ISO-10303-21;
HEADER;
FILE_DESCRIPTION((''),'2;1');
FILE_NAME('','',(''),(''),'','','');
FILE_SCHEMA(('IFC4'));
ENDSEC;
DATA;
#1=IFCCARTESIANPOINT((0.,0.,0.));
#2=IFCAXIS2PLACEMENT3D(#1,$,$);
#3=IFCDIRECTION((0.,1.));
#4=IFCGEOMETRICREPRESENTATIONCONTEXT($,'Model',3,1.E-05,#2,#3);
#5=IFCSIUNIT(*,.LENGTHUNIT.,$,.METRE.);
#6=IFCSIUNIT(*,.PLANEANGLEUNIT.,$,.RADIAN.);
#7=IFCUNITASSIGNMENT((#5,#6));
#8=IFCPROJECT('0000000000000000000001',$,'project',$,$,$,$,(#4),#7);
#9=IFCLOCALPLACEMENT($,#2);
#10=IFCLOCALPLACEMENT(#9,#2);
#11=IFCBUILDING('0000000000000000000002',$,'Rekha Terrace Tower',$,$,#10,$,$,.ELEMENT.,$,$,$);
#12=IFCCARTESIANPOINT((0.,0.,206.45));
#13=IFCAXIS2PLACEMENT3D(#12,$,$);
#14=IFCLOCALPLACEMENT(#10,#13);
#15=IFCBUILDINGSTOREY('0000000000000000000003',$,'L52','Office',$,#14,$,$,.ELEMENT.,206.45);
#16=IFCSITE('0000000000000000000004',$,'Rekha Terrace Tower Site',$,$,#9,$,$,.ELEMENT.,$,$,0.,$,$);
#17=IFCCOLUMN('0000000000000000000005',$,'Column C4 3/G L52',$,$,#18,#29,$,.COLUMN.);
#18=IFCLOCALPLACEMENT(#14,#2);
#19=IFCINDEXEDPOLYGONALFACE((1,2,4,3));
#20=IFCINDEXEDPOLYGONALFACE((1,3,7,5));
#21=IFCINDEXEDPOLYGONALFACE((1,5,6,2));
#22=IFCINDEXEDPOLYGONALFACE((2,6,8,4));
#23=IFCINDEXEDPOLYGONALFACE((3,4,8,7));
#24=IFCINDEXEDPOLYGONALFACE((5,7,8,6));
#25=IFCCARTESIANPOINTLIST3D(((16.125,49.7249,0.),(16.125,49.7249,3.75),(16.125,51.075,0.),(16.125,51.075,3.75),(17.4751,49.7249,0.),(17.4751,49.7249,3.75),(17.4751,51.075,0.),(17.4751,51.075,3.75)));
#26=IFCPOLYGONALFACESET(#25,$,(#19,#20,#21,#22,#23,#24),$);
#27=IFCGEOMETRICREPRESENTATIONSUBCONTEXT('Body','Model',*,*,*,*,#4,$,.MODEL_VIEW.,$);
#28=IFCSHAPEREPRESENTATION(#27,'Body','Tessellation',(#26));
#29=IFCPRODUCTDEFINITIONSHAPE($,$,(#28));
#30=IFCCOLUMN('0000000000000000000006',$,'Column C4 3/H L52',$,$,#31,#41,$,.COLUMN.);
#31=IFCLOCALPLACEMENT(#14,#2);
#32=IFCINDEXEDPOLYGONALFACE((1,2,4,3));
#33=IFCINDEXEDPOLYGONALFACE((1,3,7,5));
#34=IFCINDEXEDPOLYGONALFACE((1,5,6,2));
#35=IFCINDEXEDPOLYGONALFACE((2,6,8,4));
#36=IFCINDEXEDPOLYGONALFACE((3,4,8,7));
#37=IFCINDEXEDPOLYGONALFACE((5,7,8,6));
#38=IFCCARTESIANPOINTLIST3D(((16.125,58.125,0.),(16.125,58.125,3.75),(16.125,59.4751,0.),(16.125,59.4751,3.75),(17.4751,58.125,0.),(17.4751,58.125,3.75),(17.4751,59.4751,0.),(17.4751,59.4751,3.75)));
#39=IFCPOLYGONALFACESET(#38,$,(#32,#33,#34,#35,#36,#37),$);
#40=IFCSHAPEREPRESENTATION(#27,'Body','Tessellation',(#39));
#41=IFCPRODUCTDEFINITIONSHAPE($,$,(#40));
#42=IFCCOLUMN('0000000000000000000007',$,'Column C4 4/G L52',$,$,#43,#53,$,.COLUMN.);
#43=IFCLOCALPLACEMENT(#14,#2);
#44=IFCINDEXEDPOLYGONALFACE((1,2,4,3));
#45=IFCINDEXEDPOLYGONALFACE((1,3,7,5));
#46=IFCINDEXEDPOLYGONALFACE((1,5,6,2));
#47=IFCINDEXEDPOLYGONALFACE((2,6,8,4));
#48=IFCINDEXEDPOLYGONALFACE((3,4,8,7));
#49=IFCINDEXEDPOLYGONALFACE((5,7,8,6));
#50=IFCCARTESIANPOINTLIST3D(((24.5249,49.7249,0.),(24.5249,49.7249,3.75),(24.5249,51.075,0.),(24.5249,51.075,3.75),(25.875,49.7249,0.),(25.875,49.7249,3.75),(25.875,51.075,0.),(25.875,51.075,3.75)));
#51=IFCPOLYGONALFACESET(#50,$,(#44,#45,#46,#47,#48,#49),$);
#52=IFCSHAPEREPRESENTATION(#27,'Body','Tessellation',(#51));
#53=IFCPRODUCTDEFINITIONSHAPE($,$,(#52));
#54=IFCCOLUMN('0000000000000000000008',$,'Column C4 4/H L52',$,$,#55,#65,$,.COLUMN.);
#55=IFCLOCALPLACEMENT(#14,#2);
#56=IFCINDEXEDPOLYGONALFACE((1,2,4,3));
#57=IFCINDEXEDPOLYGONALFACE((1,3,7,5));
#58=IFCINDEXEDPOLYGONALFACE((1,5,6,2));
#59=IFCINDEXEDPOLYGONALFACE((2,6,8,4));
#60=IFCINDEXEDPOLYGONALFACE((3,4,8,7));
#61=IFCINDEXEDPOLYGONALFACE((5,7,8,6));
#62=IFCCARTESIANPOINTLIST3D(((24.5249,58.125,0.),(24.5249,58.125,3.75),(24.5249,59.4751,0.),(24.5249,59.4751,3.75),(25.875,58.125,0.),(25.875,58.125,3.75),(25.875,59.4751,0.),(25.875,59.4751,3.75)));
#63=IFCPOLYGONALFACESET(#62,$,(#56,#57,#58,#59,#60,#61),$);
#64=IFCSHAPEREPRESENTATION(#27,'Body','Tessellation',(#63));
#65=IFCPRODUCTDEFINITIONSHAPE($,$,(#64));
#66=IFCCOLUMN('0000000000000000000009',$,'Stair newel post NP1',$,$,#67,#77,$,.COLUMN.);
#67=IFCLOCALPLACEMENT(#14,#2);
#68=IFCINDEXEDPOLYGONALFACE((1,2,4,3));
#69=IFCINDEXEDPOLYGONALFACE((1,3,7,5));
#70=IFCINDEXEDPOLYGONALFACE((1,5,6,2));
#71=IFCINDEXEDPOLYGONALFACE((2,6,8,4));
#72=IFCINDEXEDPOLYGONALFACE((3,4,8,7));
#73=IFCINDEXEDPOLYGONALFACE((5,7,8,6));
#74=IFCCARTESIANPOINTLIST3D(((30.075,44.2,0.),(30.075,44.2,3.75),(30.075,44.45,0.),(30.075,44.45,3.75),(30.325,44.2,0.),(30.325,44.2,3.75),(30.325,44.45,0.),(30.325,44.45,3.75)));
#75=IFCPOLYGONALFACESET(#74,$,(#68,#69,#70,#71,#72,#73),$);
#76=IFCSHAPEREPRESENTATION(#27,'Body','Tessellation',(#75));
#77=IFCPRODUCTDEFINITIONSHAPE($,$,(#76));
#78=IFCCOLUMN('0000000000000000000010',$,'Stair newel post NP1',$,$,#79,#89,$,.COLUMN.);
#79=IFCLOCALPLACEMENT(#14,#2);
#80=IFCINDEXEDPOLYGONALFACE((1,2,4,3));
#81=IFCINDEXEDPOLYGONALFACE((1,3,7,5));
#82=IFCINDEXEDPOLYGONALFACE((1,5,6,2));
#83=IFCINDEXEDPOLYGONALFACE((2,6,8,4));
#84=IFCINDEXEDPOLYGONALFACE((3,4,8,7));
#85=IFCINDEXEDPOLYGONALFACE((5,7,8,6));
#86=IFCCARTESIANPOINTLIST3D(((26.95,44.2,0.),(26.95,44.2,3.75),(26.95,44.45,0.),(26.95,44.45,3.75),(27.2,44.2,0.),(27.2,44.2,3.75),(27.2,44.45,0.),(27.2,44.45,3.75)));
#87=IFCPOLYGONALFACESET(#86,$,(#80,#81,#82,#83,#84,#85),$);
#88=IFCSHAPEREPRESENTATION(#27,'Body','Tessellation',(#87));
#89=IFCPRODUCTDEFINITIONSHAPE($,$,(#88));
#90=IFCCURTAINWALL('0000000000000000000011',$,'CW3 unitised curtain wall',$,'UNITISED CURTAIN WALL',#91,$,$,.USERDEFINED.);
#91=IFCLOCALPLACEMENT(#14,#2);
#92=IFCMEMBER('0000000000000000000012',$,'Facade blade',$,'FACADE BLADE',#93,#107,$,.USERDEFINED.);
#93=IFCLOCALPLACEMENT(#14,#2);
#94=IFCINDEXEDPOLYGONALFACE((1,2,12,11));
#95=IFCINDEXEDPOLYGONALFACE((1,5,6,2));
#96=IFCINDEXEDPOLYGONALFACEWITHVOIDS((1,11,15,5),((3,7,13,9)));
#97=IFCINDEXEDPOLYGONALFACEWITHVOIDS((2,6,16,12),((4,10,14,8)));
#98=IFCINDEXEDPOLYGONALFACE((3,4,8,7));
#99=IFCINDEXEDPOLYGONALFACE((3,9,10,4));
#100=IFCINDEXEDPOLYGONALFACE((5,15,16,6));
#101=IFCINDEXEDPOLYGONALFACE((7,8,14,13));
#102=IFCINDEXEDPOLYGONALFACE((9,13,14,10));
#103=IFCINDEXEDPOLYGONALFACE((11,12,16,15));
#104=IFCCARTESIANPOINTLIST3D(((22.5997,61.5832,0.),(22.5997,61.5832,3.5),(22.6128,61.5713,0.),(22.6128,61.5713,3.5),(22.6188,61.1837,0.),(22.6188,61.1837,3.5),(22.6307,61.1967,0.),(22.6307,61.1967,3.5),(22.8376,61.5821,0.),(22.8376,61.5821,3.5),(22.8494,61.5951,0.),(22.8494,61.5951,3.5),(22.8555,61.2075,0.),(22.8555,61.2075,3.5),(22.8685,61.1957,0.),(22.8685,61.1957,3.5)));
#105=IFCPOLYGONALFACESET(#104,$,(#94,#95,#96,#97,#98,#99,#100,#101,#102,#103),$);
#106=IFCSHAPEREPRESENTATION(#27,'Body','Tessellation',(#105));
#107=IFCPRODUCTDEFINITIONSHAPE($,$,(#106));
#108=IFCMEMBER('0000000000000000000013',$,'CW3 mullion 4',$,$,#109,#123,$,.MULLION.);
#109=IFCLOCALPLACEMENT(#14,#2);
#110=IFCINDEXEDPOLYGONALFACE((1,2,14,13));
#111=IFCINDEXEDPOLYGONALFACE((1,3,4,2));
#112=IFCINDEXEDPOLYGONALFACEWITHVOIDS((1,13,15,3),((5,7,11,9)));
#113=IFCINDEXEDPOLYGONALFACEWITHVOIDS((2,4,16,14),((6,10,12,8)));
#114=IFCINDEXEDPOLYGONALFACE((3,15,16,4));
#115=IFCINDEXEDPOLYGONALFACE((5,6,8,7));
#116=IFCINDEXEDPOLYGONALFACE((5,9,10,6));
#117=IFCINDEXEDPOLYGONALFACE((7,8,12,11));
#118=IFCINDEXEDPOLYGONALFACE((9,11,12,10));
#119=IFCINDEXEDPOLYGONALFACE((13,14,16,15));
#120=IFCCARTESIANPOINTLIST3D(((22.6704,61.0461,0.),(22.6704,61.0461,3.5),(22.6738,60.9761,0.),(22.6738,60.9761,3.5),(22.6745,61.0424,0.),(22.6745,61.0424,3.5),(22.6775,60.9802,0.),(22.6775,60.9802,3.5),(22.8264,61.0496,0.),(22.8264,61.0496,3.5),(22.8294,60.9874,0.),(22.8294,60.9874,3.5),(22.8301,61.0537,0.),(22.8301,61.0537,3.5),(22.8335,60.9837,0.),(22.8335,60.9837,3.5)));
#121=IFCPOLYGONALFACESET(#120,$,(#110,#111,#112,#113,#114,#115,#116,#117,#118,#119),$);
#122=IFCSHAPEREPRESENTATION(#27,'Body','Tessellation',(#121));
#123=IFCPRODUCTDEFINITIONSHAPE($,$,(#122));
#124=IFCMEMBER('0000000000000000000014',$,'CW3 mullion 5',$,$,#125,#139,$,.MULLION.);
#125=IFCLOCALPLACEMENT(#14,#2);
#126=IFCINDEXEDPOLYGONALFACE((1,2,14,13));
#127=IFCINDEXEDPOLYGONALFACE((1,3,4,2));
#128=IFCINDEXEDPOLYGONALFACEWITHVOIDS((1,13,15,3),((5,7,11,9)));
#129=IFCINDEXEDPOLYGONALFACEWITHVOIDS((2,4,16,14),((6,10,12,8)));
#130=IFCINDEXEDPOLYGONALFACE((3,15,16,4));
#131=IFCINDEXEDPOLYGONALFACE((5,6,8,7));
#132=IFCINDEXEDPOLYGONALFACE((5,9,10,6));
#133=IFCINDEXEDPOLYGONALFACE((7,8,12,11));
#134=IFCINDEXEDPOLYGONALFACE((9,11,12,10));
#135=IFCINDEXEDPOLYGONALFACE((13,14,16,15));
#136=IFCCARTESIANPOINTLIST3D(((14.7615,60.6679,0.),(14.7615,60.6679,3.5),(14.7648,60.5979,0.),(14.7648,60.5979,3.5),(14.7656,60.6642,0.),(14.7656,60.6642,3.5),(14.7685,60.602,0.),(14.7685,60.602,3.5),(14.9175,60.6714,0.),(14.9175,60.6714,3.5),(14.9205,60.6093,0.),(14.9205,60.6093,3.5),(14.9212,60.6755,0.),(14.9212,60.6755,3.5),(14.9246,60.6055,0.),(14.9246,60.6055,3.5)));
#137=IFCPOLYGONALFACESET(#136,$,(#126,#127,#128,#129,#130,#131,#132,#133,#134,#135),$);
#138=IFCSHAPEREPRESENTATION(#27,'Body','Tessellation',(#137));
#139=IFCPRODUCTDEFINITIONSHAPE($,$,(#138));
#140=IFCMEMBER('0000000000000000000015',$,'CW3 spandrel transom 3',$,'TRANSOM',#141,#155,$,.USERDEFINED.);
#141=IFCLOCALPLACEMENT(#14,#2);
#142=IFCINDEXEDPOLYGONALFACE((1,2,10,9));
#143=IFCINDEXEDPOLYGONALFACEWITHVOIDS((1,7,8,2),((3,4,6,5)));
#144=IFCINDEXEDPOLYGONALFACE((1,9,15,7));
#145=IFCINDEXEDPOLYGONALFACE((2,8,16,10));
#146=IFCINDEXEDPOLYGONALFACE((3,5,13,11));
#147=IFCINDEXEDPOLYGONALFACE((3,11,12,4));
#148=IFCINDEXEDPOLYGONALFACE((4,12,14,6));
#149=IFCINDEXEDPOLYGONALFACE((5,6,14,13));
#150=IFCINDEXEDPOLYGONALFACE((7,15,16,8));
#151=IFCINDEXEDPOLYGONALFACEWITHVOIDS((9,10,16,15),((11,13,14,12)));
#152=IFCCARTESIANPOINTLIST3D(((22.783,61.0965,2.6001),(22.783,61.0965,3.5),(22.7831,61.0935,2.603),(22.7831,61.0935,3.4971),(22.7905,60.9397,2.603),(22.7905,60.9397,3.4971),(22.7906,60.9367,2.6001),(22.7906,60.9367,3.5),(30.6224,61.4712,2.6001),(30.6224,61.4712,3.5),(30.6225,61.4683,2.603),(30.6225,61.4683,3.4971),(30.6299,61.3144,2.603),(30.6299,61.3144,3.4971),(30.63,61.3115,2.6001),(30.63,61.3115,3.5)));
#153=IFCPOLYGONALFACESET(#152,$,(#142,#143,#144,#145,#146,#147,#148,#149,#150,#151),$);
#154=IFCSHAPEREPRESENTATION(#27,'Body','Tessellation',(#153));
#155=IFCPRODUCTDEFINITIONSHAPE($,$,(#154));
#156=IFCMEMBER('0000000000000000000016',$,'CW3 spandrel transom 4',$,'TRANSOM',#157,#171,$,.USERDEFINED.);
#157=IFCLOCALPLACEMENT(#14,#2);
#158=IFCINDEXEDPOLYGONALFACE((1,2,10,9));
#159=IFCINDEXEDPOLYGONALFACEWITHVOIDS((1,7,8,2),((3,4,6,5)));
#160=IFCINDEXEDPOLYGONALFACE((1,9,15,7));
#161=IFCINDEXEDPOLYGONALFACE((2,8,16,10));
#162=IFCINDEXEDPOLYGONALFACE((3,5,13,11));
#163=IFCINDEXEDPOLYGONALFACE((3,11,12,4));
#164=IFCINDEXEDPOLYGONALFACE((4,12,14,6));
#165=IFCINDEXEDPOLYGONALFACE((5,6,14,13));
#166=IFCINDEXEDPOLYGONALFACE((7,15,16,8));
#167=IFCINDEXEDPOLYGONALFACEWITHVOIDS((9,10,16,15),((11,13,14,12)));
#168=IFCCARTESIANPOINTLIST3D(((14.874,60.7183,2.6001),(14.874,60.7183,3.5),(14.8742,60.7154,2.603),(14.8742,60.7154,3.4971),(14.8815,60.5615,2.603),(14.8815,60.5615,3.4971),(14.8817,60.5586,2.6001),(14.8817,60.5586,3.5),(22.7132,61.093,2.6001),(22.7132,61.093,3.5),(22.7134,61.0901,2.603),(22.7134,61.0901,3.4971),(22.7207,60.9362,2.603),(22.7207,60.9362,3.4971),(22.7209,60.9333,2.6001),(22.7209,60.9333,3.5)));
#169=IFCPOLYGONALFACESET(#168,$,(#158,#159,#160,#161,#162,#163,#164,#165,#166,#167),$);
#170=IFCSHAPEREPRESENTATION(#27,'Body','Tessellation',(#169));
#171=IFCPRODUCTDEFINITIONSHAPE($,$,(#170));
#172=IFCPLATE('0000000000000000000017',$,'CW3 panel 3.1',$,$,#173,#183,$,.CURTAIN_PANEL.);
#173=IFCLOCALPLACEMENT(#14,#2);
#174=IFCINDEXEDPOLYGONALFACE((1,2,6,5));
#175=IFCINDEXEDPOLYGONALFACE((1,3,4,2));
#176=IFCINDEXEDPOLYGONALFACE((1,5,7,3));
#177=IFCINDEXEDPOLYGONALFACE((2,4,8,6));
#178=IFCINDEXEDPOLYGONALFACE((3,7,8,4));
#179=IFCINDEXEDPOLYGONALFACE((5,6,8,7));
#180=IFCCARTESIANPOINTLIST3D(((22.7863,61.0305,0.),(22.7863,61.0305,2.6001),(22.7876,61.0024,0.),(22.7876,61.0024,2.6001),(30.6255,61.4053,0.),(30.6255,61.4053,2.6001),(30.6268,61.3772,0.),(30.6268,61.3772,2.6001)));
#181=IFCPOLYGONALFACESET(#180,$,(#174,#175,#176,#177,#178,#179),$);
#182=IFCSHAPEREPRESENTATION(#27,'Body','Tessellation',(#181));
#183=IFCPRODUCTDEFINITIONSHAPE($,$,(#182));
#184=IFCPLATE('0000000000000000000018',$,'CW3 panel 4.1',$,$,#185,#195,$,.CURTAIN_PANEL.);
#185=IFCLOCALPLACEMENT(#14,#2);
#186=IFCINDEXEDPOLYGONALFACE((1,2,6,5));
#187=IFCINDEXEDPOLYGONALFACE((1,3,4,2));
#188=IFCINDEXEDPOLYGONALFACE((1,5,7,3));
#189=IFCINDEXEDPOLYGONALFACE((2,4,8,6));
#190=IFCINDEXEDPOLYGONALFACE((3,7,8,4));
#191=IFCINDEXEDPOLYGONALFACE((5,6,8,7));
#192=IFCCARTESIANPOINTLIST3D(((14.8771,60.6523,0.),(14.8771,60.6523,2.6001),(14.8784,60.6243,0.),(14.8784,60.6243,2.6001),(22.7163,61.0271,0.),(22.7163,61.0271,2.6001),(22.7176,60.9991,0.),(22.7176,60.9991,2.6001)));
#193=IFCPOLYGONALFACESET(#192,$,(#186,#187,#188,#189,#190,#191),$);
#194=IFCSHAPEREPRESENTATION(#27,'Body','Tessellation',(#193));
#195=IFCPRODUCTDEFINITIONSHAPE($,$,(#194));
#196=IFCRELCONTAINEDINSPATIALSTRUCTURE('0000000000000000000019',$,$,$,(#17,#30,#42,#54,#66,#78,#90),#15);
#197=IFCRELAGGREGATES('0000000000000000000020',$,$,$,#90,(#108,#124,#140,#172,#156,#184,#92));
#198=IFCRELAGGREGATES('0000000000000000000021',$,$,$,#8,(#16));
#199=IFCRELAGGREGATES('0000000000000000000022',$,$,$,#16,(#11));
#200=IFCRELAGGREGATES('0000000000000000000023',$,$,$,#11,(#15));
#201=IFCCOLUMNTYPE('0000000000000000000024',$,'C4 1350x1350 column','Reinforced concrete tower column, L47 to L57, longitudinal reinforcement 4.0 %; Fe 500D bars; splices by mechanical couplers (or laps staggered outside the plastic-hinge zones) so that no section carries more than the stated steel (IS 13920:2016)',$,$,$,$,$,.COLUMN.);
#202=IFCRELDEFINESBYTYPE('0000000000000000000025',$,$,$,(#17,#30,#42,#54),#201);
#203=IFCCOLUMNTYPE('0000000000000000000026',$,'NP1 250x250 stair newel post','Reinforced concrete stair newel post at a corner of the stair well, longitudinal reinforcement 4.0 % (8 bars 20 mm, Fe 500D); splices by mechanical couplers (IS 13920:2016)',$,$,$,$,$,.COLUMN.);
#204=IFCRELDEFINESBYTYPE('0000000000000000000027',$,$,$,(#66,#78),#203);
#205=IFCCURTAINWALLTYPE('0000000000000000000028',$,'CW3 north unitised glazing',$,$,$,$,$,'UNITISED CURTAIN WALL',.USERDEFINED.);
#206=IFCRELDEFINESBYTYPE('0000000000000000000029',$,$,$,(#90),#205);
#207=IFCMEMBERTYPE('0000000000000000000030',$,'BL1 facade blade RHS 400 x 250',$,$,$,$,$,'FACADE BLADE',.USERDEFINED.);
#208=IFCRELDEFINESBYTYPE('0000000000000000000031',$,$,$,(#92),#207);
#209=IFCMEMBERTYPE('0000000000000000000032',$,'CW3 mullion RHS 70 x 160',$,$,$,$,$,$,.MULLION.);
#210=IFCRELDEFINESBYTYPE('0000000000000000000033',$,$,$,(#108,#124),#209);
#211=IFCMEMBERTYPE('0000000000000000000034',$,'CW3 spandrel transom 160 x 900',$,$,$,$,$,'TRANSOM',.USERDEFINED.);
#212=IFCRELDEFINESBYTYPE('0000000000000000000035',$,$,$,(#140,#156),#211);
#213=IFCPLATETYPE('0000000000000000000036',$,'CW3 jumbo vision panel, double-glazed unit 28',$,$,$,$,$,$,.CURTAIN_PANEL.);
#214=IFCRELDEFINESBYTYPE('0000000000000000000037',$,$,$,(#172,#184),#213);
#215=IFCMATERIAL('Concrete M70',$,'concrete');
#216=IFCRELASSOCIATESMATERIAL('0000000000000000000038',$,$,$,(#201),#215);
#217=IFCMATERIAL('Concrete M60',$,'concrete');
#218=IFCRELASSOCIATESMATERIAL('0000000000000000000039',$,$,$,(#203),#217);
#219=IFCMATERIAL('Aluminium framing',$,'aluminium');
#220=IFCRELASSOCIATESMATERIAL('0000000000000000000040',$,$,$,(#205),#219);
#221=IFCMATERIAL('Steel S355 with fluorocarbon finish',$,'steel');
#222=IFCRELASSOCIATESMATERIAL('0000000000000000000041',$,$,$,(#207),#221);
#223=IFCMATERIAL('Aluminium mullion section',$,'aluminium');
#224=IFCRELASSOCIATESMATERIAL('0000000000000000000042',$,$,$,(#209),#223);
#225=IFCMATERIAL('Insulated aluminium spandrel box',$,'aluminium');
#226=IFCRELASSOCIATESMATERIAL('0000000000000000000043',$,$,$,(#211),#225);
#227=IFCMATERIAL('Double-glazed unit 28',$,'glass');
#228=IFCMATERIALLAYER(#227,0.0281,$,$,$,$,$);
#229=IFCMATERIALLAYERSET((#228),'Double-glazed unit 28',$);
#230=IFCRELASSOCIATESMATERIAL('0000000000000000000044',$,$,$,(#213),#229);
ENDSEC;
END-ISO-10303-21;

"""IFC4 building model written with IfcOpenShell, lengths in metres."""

from ifc_helpers import new_model, si_unit, direction, frame, origin, origin_2d, place, context, subcontext, project, spatial, rectangle, hollow_rectangle, extrude, material, layer, layer_set, material_profile, profile_set, type_object, element, aggregate, save


model = new_model("IFC4")

# Units and contexts
model_context = context("Model", 3, precision=1e-05, world=origin(), true_north=direction((0.0, 1.0)))
body_context = subcontext(model_context, "Body", "Model", "MODEL_VIEW")
ifc_project = project(units=[si_unit("LENGTHUNIT", "METRE"), si_unit("PLANEANGLEUNIT", "RADIAN")], contexts=[model_context])

# Site, building, storey
site_placement = place(None, origin())
site = spatial("IfcSite", under=ifc_project, at=site_placement, Name="Rekha Terrace Tower Site", CompositionType="ELEMENT", RefElevation=0.0)
building_placement = place(site_placement, origin())
building = spatial("IfcBuilding", under=site, at=building_placement, Name="Rekha Terrace Tower", CompositionType="ELEMENT")
storey_placement = place(building_placement, frame((0.0, 0.0, 206.45)))
storey = spatial("IfcBuildingStorey", under=building, at=storey_placement, Name="L52", Description="Office", CompositionType="ELEMENT", Elevation=206.45)

# Columns
ifc_material_1 = material(Name="Concrete M70", Category="concrete")
ifc_material_profile_1 = material_profile(ifc_material_1, rectangle(XDim=1.3501, YDim=1.3501, at=origin_2d()), Name="RC 1350x1350")
ifc_profile_set_1 = profile_set([ifc_material_profile_1], Name="Concrete M70")
column_type_1 = type_object("IfcColumnType", Name="C4 1350x1350 column", Description="Reinforced concrete tower column, L47 to L57, longitudinal reinforcement 4.0 %; Fe 500D bars; splices by mechanical couplers (or laps staggered outside the plastic-hinge zones) so that no section carries more than the stated steel (IS 13920:2016)", PredefinedType="COLUMN", material=ifc_profile_set_1)
for number, where, z_axis, x_axis, name in (
    (1, (16.8, 50.3999, 0.0), (0.0, 0.0, 1.0), (1.0, 0.0, 0.0), "Column C4 3/G L52"),
    (2, (16.8, 58.8, 0.0), (0.0, 0.0, 1.0), (1.0, 0.0, 0.0), "Column C4 3/H L52"),
    (3, (25.2, 50.3999, 0.0), (0.0, 0.0, 1.0), (1.0, 0.0, 0.0), "Column C4 4/G L52"),
    (4, (25.2, 58.8, 0.0), (0.0, 0.0, 1.0), (1.0, 0.0, 0.0), "Column C4 4/H L52"),
):
    element("IfcColumn", number, at=place(storey_placement, frame(where, z_axis=z_axis, x_axis=x_axis)), inside=storey, type_object=column_type_1, Name=name, PredefinedType="COLUMN", context=body_context, shape_type="SweptSolid", body=[
        extrude(rectangle(XDim=1.3501, YDim=1.3501, at=origin_2d()), origin(), (0.0, 0.0, 1.0), 3.75),
    ])
ifc_material_2 = material(Name="Concrete M60", Category="concrete")
ifc_material_profile_2 = material_profile(ifc_material_2, rectangle(XDim=0.25, YDim=0.25, at=origin_2d()), Name="RC 250x250")
ifc_profile_set_2 = profile_set([ifc_material_profile_2], Name="Concrete M60")
column_type_2 = type_object("IfcColumnType", Name="NP1 250x250 stair newel post", Description="Reinforced concrete stair newel post at a corner of the stair well, longitudinal reinforcement 4.0 % (8 bars 20 mm, Fe 500D); splices by mechanical couplers (IS 13920:2016)", PredefinedType="COLUMN", material=ifc_profile_set_2)
for number, where, z_axis, x_axis, name in (
    (5, (30.2, 44.325, 0.0), (0.0, 0.0, 1.0), (1.0, 0.0, 0.0), "Stair newel post NP1"),
    (6, (27.075, 44.325, 0.0), (0.0, 0.0, 1.0), (1.0, 0.0, 0.0), "Stair newel post NP1"),
):
    element("IfcColumn", number, at=place(storey_placement, frame(where, z_axis=z_axis, x_axis=x_axis)), inside=storey, type_object=column_type_2, Name=name, PredefinedType="COLUMN", context=body_context, shape_type="SweptSolid", body=[
        extrude(rectangle(XDim=0.25, YDim=0.25, at=origin_2d()), origin(), (0.0, 0.0, 1.0), 3.75),
    ])

# Curtain wall, members, plates
ifc_material_3 = material(Name="Aluminium framing", Category="aluminium")
curtain_wall_type = type_object("IfcCurtainWallType", Name="CW3 north unitised glazing", ElementType="UNITISED CURTAIN WALL", PredefinedType="USERDEFINED", material=ifc_material_3)
curtain_wall_placement = place(storey_placement, origin())
curtain_wall = element("IfcCurtainWall", 7, at=curtain_wall_placement, inside=storey, type_object=curtain_wall_type, Name="CW3 unitised curtain wall", ObjectType="UNITISED CURTAIN WALL", PredefinedType="USERDEFINED")
ifc_material_4 = material(Name="Steel S355 with fluorocarbon finish", Category="steel")
ifc_material_profile_3 = material_profile(ifc_material_4, hollow_rectangle(XDim=0.25, YDim=0.3999, WallThickness=0.0125, at=origin_2d()), Name="RHS400x250x12.5")
ifc_profile_set_3 = profile_set([ifc_material_profile_3], Name="Steel S355 with fluorocarbon finish")
member_type_1 = type_object("IfcMemberType", Name="BL1 facade blade RHS 400 x 250", ElementType="FACADE BLADE", PredefinedType="USERDEFINED", material=ifc_profile_set_3)
member_1_placement = place(storey_placement, frame((22.7341, 61.3894, 0.0), z_axis=(0.0, 0.0, 1.0), x_axis=(-0.998859, -0.047758, 0.0)))
member_1 = element("IfcMember", 8, at=member_1_placement, type_object=member_type_1, Name="Facade blade", ObjectType="FACADE BLADE", PredefinedType="USERDEFINED", context=body_context, shape_type="SweptSolid", body=[
    extrude(hollow_rectangle(XDim=0.25, YDim=0.3999, WallThickness=0.0125, at=origin_2d()), origin(), (0.0, 0.0, 1.0), 3.5),
])
ifc_material_5 = material(Name="Aluminium mullion section", Category="aluminium")
ifc_material_profile_4 = material_profile(ifc_material_5, hollow_rectangle(XDim=0.0701, YDim=0.1599, WallThickness=0.0039, at=origin_2d()), Name="AL RHS 70x160")
ifc_profile_set_4 = profile_set([ifc_material_profile_4], Name="Aluminium mullion section")
member_type_2 = type_object("IfcMemberType", Name="CW3 mullion RHS 70 x 160", PredefinedType="MULLION", material=ifc_profile_set_4)
member_2_placement = place(storey_placement, frame((22.752, 61.0149, 0.0), z_axis=(0.0, 0.0, 1.0), x_axis=(0.047759, -0.998859, 0.0)))
member_2 = element("IfcMember", 9, at=member_2_placement, type_object=member_type_2, Name="CW3 mullion 4", PredefinedType="MULLION", context=body_context, shape_type="SweptSolid", body=[
    extrude(hollow_rectangle(XDim=0.0701, YDim=0.1599, WallThickness=0.0039, at=origin_2d()), origin(), (0.0, 0.0, 1.0), 3.5),
])
member_3_placement = place(storey_placement, frame((14.843, 60.6367, 0.0), z_axis=(0.0, 0.0, 1.0), x_axis=(0.047759, -0.998859, 0.0)))
member_3 = element("IfcMember", 10, at=member_3_placement, type_object=member_type_2, Name="CW3 mullion 5", PredefinedType="MULLION", context=body_context, shape_type="SweptSolid", body=[
    extrude(hollow_rectangle(XDim=0.0701, YDim=0.1599, WallThickness=0.0039, at=origin_2d()), origin(), (0.0, 0.0, 1.0), 3.5),
])
ifc_material_6 = material(Name="Insulated aluminium spandrel box", Category="aluminium")
ifc_material_profile_5 = material_profile(ifc_material_6, hollow_rectangle(XDim=0.1599, YDim=0.8999, WallThickness=0.0029, at=origin_2d()), Name="AL SPANDREL BOX 160x900")
ifc_profile_set_5 = profile_set([ifc_material_profile_5], Name="Insulated aluminium spandrel box")
member_type_3 = type_object("IfcMemberType", Name="CW3 spandrel transom 160 x 900", ElementType="TRANSOM", PredefinedType="USERDEFINED", material=ifc_profile_set_5)
member_4_placement = place(storey_placement, frame((30.6262, 61.3914, 3.05), z_axis=(-0.998859, -0.04775, 0.0), x_axis=(0.04775, -0.998859, 0.0)))
member_4 = element("IfcMember", 11, at=member_4_placement, type_object=member_type_3, Name="CW3 spandrel transom 3", ObjectType="TRANSOM", PredefinedType="USERDEFINED", context=body_context, shape_type="SweptSolid", body=[
    extrude(hollow_rectangle(XDim=0.1599, YDim=0.8999, WallThickness=0.0029, at=origin_2d()), origin(), (0.0, 0.0, 1.0), 7.8484),
])
member_5_placement = place(storey_placement, frame((22.717, 61.0132, 3.05), z_axis=(-0.998859, -0.047751, 0.0), x_axis=(0.047751, -0.998859, 0.0)))
member_5 = element("IfcMember", 12, at=member_5_placement, type_object=member_type_3, Name="CW3 spandrel transom 4", ObjectType="TRANSOM", PredefinedType="USERDEFINED", context=body_context, shape_type="SweptSolid", body=[
    extrude(hollow_rectangle(XDim=0.1599, YDim=0.8999, WallThickness=0.0029, at=origin_2d()), origin(), (0.0, 0.0, 1.0), 7.8481),
])
ifc_material_7 = material(Name="Double-glazed unit 28", Category="glass")
ifc_layer_1 = layer(ifc_material_7, 0.0281)
ifc_layer_set_1 = layer_set([ifc_layer_1], Name="Double-glazed unit 28")
plate_type = type_object("IfcPlateType", Name="CW3 jumbo vision panel, double-glazed unit 28", PredefinedType="CURTAIN_PANEL", material=ifc_layer_set_1)
plate_1_placement = place(storey_placement, frame((26.7065, 61.2039, 0.0), z_axis=(0.0, 0.0, 1.0), x_axis=(-0.998859, -0.047759, 0.0)))
plate_1 = element("IfcPlate", 13, at=plate_1_placement, type_object=plate_type, Name="CW3 panel 3.1", PredefinedType="CURTAIN_PANEL", context=body_context, shape_type="SweptSolid", body=[
    extrude(rectangle(XDim=7.8481, YDim=0.0281, at=origin_2d()), origin(), (0.0, 0.0, 1.0), 2.6001),
])
plate_2_placement = place(storey_placement, frame((18.7974, 60.8257, 0.0), z_axis=(0.0, 0.0, 1.0), x_axis=(-0.998859, -0.047759, 0.0)))
plate_2 = element("IfcPlate", 14, at=plate_2_placement, type_object=plate_type, Name="CW3 panel 4.1", PredefinedType="CURTAIN_PANEL", context=body_context, shape_type="SweptSolid", body=[
    extrude(rectangle(XDim=7.8481, YDim=0.0281, at=origin_2d()), origin(), (0.0, 0.0, 1.0), 2.6001),
])
aggregate(curtain_wall, [member_2, member_3, member_4, plate_1, member_5, plate_2, member_1])

save(model, "model.ifc")
